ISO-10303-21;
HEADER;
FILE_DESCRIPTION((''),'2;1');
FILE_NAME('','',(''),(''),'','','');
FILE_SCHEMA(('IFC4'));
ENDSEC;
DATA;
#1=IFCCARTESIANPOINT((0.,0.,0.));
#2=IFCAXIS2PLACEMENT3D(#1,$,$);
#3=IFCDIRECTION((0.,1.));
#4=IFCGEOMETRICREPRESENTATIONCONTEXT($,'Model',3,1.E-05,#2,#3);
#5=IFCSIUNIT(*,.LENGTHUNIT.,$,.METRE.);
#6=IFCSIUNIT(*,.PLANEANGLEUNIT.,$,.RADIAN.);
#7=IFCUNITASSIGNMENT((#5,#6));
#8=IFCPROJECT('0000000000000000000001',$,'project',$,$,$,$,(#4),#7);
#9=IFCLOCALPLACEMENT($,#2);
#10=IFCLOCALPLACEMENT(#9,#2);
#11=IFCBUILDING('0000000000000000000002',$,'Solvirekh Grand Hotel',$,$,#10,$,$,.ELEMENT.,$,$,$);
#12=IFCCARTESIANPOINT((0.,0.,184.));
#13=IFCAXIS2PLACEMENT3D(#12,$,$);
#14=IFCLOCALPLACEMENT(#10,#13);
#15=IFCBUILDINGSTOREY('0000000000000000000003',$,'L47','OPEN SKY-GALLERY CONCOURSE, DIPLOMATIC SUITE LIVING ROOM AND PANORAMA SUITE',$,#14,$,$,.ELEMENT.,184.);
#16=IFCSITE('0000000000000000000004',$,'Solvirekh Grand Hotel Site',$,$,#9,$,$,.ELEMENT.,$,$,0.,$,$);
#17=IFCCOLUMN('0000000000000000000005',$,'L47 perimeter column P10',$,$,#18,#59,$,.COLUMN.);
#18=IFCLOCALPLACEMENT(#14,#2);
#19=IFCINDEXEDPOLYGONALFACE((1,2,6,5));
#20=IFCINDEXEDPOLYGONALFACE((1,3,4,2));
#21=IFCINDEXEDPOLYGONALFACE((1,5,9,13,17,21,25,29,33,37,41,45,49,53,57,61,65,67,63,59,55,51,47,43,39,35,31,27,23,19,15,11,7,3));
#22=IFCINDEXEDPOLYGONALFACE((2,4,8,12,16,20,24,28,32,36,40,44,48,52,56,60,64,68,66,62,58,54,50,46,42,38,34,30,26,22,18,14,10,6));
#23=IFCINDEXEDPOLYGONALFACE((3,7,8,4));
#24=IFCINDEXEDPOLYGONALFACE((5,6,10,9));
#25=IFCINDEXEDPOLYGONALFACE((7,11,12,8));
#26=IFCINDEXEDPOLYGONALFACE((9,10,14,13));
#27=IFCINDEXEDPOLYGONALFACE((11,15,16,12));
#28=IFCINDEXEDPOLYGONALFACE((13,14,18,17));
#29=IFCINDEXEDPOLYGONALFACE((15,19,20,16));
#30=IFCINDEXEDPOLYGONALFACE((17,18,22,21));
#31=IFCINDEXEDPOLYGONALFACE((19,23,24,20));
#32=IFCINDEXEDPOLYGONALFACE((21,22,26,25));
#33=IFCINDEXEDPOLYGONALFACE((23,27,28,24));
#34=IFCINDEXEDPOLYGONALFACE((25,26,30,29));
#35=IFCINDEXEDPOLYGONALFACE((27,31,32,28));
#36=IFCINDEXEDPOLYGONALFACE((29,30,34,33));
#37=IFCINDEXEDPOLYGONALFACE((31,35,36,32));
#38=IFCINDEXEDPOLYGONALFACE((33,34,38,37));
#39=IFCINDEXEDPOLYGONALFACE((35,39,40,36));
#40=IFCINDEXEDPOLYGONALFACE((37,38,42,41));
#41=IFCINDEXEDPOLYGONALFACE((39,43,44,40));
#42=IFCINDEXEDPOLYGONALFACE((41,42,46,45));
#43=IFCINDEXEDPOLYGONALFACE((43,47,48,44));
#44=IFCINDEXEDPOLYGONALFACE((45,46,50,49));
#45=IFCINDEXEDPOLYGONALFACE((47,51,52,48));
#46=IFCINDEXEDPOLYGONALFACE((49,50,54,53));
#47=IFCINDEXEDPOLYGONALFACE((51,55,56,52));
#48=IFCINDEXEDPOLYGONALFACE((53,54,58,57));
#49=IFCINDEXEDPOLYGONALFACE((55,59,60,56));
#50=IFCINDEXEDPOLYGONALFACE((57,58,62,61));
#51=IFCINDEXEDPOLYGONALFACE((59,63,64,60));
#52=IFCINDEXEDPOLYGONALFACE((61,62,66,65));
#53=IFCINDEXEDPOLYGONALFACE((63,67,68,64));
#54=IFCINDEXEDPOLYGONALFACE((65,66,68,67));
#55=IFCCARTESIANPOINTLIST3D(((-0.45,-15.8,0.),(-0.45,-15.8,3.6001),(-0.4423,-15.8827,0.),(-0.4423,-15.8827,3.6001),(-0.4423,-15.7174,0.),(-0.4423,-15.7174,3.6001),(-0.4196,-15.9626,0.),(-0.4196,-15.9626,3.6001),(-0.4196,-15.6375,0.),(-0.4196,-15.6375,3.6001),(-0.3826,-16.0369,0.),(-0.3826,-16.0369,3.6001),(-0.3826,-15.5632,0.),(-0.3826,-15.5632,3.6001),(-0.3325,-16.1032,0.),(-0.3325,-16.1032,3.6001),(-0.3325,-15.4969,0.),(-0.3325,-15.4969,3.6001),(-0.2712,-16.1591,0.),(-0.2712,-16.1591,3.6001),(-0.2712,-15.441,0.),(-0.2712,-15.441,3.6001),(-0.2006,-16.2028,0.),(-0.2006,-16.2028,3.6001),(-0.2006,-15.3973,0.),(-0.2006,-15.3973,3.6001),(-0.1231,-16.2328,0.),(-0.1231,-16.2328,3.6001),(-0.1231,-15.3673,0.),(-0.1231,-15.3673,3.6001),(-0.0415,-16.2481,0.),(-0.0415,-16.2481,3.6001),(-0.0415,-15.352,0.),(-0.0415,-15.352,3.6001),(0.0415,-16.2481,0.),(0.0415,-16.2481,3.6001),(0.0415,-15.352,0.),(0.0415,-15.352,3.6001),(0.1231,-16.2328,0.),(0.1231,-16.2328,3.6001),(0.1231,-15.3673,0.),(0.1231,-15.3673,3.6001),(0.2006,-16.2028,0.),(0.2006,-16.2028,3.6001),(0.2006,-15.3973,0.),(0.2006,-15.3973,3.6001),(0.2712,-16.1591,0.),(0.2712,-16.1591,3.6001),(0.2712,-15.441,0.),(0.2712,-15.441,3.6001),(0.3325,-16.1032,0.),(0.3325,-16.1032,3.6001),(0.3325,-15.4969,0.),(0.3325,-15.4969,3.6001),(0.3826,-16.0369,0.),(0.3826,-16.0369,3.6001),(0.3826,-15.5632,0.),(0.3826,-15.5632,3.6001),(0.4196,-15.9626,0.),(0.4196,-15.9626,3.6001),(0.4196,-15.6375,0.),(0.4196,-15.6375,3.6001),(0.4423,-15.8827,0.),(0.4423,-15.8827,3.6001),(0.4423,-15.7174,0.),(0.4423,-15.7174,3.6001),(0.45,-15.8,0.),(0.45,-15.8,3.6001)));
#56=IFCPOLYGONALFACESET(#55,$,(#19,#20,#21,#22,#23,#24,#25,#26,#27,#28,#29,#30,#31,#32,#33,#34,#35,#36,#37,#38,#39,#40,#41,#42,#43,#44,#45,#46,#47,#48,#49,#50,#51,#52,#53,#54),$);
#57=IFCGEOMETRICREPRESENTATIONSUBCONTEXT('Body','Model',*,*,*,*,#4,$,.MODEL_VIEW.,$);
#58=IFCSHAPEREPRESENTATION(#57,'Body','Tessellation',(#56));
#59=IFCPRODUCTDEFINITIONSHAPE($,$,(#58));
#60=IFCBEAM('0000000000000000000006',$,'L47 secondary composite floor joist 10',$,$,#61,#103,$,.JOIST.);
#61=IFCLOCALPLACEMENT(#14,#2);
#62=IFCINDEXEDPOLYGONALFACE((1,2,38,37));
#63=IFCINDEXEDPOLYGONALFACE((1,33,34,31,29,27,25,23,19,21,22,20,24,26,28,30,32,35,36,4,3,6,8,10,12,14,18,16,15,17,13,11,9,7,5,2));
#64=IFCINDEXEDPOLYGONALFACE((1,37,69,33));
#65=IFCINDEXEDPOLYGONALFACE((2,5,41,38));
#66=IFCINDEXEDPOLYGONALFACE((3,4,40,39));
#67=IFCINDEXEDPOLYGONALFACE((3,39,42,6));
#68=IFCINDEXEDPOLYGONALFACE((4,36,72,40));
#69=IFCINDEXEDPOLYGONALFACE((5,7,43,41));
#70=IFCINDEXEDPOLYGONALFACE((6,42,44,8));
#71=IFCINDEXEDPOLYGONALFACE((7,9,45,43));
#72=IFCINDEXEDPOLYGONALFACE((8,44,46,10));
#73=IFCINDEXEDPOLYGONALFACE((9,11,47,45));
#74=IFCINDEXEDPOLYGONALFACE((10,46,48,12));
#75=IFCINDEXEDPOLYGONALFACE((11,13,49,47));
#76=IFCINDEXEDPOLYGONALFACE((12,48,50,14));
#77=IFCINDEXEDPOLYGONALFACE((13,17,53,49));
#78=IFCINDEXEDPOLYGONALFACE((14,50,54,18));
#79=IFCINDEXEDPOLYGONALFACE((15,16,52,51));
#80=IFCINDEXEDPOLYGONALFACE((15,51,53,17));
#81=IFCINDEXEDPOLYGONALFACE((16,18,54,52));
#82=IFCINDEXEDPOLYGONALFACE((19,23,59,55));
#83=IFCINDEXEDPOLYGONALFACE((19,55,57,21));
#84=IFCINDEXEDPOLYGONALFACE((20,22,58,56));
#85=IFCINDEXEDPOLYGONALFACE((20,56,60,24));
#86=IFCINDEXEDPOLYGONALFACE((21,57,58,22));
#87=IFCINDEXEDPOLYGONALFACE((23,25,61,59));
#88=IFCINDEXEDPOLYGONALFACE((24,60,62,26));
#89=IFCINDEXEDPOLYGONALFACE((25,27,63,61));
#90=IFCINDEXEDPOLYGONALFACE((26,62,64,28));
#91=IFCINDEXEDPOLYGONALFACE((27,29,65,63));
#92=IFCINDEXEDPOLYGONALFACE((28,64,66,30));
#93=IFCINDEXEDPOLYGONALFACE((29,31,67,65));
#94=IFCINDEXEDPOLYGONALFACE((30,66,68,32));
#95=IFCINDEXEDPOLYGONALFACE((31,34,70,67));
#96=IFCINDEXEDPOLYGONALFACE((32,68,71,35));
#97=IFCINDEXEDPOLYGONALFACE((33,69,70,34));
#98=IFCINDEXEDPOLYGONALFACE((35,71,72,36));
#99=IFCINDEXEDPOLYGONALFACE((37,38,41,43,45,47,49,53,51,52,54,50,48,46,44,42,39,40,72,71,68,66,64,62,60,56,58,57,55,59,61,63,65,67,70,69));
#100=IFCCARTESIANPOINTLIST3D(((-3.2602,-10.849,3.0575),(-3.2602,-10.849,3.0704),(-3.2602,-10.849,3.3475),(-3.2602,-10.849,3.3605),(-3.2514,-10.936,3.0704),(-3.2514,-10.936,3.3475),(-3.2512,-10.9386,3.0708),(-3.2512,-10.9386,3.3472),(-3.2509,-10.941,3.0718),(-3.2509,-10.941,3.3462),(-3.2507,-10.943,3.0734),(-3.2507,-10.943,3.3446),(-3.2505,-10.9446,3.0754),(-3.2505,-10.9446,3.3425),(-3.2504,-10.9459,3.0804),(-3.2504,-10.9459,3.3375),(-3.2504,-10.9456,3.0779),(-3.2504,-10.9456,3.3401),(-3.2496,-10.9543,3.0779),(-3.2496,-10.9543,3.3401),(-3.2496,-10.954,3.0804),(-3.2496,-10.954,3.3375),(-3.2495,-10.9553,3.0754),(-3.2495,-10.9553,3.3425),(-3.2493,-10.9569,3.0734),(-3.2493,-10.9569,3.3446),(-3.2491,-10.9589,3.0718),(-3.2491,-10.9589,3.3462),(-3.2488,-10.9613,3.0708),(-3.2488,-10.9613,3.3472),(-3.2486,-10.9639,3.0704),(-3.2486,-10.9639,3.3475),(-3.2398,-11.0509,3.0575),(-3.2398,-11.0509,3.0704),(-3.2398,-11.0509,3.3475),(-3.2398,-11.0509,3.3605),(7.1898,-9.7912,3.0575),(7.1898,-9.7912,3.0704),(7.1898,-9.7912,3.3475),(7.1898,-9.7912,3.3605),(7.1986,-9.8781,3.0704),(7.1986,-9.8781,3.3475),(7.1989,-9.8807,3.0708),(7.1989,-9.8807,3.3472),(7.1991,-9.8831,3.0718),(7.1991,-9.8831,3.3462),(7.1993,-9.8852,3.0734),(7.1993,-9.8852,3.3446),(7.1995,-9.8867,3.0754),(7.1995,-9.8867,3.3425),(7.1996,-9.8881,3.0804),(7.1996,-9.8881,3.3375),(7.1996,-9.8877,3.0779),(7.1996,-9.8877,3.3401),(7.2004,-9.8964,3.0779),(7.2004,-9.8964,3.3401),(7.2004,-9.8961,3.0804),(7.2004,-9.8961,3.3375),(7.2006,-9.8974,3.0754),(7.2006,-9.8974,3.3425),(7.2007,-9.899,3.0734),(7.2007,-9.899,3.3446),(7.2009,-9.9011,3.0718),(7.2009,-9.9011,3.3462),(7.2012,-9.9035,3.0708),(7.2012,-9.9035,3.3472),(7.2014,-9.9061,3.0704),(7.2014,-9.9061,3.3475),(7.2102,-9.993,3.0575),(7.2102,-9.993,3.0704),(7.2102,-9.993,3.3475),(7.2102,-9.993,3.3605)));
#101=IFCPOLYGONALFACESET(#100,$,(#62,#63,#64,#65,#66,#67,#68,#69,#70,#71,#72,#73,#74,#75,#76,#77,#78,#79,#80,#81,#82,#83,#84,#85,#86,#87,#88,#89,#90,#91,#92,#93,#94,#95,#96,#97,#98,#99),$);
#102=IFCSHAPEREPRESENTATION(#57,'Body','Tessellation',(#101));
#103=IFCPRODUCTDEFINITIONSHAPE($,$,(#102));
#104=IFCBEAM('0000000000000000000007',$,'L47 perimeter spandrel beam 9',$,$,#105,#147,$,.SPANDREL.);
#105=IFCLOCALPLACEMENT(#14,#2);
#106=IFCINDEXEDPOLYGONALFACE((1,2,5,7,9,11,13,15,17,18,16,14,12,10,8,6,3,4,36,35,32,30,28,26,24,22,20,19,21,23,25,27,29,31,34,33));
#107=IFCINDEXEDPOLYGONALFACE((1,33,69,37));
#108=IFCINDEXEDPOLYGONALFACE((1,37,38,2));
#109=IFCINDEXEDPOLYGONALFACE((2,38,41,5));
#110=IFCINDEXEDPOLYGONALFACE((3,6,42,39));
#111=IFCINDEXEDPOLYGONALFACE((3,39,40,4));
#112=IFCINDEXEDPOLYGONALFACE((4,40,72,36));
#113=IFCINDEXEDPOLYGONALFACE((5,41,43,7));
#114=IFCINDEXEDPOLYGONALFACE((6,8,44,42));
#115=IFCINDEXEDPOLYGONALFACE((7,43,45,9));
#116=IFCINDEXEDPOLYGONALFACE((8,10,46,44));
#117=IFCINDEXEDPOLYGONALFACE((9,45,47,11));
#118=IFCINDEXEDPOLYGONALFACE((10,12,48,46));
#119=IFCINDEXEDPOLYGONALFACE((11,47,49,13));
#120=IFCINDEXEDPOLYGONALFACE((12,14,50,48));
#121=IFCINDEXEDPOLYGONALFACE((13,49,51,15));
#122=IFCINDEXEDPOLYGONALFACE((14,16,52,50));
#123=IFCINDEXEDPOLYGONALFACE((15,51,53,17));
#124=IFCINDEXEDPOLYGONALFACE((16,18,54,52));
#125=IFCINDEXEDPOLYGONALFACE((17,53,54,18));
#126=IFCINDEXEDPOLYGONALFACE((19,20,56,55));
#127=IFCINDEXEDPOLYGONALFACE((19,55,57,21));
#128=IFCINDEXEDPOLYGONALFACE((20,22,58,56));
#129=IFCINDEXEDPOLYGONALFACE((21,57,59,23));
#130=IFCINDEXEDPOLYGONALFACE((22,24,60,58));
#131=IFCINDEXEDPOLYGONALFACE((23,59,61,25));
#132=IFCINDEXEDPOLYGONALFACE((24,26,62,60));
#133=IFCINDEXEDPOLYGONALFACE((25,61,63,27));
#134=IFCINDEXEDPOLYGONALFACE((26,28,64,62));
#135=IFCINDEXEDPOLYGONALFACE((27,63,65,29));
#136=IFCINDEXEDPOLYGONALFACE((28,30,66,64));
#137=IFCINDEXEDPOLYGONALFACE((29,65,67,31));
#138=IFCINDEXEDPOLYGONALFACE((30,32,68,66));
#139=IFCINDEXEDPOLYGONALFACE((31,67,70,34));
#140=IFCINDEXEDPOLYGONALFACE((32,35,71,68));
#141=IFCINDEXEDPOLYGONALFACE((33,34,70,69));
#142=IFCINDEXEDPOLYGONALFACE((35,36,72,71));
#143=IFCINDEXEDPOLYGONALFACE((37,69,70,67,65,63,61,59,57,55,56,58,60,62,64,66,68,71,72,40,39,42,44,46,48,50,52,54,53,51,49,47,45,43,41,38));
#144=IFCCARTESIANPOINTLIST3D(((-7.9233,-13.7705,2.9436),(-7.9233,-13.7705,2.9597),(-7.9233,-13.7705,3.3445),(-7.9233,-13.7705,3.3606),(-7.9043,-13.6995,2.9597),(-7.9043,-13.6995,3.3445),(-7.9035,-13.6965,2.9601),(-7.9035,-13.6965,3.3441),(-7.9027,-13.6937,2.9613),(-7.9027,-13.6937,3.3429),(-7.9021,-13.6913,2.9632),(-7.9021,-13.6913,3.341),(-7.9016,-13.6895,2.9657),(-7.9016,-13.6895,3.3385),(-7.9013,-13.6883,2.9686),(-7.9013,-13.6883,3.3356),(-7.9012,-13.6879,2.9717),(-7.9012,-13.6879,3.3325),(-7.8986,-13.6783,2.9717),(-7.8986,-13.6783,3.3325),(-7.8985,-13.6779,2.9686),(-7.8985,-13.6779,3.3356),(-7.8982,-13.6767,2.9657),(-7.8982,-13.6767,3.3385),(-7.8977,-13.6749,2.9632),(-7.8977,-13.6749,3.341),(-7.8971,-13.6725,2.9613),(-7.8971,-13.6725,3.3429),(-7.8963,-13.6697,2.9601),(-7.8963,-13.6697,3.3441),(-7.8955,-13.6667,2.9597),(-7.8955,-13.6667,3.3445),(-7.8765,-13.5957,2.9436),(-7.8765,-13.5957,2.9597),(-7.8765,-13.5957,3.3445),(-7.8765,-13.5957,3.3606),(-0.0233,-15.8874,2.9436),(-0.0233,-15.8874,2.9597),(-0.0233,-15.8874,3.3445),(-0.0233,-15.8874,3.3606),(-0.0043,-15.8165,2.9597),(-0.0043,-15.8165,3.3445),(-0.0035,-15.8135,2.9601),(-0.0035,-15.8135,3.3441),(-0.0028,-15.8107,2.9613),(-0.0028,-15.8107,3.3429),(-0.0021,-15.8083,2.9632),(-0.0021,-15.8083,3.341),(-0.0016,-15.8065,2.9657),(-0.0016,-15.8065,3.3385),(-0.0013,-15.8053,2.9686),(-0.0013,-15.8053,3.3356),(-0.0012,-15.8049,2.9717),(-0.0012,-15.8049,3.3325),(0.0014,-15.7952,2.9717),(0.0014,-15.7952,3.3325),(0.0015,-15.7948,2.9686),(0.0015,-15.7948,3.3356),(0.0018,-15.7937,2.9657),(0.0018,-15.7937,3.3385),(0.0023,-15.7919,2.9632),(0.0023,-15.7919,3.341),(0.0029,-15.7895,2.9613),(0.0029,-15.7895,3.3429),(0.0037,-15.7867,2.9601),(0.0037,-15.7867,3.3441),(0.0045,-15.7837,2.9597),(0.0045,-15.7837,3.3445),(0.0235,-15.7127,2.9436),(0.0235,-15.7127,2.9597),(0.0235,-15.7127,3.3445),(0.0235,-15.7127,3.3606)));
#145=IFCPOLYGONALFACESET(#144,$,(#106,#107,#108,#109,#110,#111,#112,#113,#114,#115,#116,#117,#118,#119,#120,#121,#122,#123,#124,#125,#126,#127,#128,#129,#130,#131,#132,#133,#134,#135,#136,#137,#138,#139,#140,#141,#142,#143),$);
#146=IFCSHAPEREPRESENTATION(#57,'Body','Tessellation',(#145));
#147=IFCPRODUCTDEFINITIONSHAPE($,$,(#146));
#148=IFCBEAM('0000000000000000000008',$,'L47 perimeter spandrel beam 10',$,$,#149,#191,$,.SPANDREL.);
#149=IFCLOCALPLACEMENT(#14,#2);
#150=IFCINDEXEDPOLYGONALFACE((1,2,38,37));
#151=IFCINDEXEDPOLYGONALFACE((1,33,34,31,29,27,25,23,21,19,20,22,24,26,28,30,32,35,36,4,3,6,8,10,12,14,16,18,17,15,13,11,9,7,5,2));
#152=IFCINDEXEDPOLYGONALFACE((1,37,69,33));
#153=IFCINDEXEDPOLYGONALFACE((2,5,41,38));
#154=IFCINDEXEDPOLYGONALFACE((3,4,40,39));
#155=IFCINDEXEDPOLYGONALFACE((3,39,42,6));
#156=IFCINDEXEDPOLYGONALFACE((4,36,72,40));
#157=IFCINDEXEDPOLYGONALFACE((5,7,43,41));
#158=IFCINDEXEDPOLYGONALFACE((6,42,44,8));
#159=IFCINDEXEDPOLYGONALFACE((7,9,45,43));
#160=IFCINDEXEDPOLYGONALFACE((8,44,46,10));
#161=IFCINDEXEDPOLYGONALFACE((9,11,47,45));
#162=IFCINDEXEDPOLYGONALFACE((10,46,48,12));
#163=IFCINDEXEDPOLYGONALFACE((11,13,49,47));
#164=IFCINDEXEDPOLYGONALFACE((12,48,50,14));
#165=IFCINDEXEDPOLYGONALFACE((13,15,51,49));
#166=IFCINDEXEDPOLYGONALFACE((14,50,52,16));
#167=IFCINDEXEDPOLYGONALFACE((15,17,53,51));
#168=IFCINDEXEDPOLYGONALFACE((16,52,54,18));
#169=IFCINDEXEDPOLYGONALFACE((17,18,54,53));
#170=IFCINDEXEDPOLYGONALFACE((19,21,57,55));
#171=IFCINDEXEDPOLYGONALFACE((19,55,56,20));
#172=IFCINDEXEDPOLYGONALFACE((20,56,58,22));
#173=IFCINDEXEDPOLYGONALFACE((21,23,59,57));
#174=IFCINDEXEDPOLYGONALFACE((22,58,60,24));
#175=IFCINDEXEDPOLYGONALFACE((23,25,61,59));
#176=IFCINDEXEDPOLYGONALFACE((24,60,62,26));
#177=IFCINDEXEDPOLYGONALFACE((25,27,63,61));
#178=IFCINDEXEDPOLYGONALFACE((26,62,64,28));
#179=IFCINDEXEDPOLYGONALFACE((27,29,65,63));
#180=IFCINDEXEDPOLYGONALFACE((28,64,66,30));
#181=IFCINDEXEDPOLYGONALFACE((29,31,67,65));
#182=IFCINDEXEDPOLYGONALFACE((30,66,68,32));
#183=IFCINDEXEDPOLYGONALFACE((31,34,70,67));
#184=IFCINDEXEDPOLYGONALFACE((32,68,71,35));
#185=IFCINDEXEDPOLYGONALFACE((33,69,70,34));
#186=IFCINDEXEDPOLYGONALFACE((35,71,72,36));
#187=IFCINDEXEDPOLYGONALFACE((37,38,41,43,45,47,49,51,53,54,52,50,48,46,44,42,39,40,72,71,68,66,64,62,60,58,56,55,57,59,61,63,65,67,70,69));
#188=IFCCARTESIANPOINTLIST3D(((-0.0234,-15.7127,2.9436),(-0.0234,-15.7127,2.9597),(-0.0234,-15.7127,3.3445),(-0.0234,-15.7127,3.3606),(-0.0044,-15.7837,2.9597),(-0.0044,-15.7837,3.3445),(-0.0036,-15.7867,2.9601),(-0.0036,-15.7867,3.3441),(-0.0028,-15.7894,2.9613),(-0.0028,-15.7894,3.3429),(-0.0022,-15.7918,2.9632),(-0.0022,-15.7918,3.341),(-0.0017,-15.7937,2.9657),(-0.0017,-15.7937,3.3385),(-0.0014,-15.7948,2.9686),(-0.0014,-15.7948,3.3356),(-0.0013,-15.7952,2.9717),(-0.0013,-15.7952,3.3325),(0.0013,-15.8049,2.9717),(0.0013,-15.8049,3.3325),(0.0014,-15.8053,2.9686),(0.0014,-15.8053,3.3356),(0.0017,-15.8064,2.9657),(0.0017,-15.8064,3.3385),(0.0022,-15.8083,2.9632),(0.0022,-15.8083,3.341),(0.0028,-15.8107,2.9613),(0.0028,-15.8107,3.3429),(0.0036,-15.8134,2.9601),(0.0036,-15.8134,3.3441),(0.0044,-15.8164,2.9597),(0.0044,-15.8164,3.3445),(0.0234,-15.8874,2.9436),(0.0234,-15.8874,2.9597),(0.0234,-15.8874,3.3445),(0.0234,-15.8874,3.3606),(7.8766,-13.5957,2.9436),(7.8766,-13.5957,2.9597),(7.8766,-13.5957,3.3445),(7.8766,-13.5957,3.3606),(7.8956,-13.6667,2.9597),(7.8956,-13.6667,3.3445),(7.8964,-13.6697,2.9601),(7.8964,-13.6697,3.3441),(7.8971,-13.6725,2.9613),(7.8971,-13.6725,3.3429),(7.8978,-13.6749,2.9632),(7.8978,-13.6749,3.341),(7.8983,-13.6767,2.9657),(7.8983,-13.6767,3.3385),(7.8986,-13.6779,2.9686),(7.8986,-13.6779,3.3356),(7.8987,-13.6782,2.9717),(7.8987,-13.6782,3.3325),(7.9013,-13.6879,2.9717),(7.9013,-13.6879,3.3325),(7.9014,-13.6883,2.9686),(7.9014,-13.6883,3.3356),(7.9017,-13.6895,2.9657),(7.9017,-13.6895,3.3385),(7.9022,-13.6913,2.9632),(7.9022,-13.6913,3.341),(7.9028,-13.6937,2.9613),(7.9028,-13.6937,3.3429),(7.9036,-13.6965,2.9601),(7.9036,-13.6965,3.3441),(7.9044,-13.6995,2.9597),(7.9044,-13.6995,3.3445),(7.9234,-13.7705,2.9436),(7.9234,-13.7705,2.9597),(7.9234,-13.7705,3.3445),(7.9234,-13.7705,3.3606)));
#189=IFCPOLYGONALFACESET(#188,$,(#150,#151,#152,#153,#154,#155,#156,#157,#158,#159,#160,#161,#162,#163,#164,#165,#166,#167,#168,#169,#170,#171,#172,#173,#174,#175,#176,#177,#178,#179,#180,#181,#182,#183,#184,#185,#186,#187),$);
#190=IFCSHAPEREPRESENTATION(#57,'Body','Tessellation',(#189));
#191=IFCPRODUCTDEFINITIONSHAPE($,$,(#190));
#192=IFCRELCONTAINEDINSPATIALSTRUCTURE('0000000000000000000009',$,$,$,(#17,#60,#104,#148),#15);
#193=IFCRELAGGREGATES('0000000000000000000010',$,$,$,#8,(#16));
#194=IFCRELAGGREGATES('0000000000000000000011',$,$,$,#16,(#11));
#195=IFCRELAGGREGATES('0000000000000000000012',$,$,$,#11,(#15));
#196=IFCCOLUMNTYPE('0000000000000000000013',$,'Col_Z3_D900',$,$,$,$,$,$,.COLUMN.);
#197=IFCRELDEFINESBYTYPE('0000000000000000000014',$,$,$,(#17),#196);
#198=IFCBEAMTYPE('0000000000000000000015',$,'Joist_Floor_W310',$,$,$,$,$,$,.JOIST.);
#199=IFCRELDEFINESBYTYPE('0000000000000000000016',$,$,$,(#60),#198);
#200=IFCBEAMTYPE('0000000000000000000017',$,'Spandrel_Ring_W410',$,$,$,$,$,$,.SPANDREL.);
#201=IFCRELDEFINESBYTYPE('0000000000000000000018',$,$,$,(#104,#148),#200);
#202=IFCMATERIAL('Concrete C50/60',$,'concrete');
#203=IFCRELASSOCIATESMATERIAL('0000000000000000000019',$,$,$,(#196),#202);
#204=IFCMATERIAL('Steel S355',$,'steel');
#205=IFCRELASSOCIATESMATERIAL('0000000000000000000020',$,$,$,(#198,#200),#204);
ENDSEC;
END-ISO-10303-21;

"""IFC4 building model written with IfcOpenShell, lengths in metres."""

from ifc_helpers import new_model, si_unit, direction, frame, origin, origin_2d, place, context, subcontext, project, spatial, circle, i_section, extrude, material, material_profile, profile_set, type_object, element, save


model = new_model("IFC4")

# Units and contexts
model_context = context("Model", 3, precision=1e-05, world=origin(), true_north=direction((0.0, 1.0)))
body_context = subcontext(model_context, "Body", "Model", "MODEL_VIEW")
ifc_project = project(units=[si_unit("LENGTHUNIT", "METRE"), si_unit("PLANEANGLEUNIT", "RADIAN")], contexts=[model_context])

# Site, building, storey
site_placement = place(None, origin())
site = spatial("IfcSite", under=ifc_project, at=site_placement, Name="Solvirekh Grand Hotel Site", CompositionType="ELEMENT", RefElevation=0.0)
building_placement = place(site_placement, origin())
building = spatial("IfcBuilding", under=site, at=building_placement, Name="Solvirekh Grand Hotel", CompositionType="ELEMENT")
storey_placement = place(building_placement, frame((0.0, 0.0, 184.0)))
storey = spatial("IfcBuildingStorey", under=building, at=storey_placement, Name="L47", Description="OPEN SKY-GALLERY CONCOURSE, DIPLOMATIC SUITE LIVING ROOM AND PANORAMA SUITE", CompositionType="ELEMENT", Elevation=184.0)

# Column
ifc_material_1 = material(Name="Concrete C50/60", Category="concrete")
ifc_material_profile_1 = material_profile(ifc_material_1, circle(Radius=0.45, at=origin_2d()), Name="RC CIRC D900")
ifc_profile_set_1 = profile_set([ifc_material_profile_1], Name="Concrete C50/60")
column_type = type_object("IfcColumnType", Name="Col_Z3_D900", PredefinedType="COLUMN", material=ifc_profile_set_1)
column_placement = place(storey_placement, frame((0.0, -15.8, 0.0), z_axis=(0.0, 0.0, 1.0), x_axis=(1.0, 0.0, 0.0)))
element("IfcColumn", 1, at=column_placement, inside=storey, type_object=column_type, Name="L47 perimeter column P10", PredefinedType="COLUMN", context=body_context, shape_type="SweptSolid", body=[
    extrude(circle(Radius=0.45, at=origin_2d()), origin(), (0.0, 0.0, 1.0), 3.6001),
])

# Beams
ifc_material_2 = material(Name="Steel S355", Category="steel")
ifc_material_profile_2 = material_profile(ifc_material_2, i_section(OverallWidth=0.2029, OverallDepth=0.303, WebThickness=0.0081, FlangeThickness=0.0129, FilletRadius=0.01, at=origin_2d()), Name="W310X60")
ifc_profile_set_2 = profile_set([ifc_material_profile_2], Name="Steel S355")
beam_type_1 = type_object("IfcBeamType", Name="Joist_Floor_W310", PredefinedType="JOIST", material=ifc_profile_set_2)
beam_placement = place(storey_placement, frame((-3.25, -10.95, 3.209), z_axis=(0.994915, 0.100716, 0.0), x_axis=(-0.100716, 0.994915, 0.0)))
element("IfcBeam", 2, at=beam_placement, inside=storey, type_object=beam_type_1, Name="L47 secondary composite floor joist 10", PredefinedType="JOIST", context=body_context, shape_type="SweptSolid", body=[
    extrude(i_section(OverallWidth=0.2029, OverallDepth=0.303, WebThickness=0.0081, FlangeThickness=0.0129, FilletRadius=0.01, at=origin_2d()), origin(), (0.0, 0.0, 1.0), 10.5034),
])
ifc_material_profile_3 = material_profile(ifc_material_2, i_section(OverallWidth=0.1809, OverallDepth=0.417, WebThickness=0.01, FlangeThickness=0.0161, FilletRadius=0.012, at=origin_2d()), Name="W410X85")
ifc_profile_set_3 = profile_set([ifc_material_profile_3], Name="Steel S355")
beam_type_2 = type_object("IfcBeamType", Name="Spandrel_Ring_W410", PredefinedType="SPANDREL", material=ifc_profile_set_3)
for number, where, z_axis, x_axis, name in (
    (3, (-7.8999, -13.6831, 3.1521), (0.965921, -0.258839, 0.0), (0.258839, 0.965921, 0.0), "L47 perimeter spandrel beam 9"),
    (4, (0.0, -15.8, 3.1521), (0.965921, 0.258839, 0.0), (-0.258839, 0.965921, 0.0), "L47 perimeter spandrel beam 10"),
):
    element("IfcBeam", number, at=place(storey_placement, frame(where, z_axis=z_axis, x_axis=x_axis)), inside=storey, type_object=beam_type_2, Name=name, PredefinedType="SPANDREL", context=body_context, shape_type="SweptSolid", body=[
        extrude(i_section(OverallWidth=0.1809, OverallDepth=0.417, WebThickness=0.01, FlangeThickness=0.0161, FilletRadius=0.012, at=origin_2d()), origin(), (0.0, 0.0, 1.0), 8.1787),
    ])

save(model, "model.ifc")
